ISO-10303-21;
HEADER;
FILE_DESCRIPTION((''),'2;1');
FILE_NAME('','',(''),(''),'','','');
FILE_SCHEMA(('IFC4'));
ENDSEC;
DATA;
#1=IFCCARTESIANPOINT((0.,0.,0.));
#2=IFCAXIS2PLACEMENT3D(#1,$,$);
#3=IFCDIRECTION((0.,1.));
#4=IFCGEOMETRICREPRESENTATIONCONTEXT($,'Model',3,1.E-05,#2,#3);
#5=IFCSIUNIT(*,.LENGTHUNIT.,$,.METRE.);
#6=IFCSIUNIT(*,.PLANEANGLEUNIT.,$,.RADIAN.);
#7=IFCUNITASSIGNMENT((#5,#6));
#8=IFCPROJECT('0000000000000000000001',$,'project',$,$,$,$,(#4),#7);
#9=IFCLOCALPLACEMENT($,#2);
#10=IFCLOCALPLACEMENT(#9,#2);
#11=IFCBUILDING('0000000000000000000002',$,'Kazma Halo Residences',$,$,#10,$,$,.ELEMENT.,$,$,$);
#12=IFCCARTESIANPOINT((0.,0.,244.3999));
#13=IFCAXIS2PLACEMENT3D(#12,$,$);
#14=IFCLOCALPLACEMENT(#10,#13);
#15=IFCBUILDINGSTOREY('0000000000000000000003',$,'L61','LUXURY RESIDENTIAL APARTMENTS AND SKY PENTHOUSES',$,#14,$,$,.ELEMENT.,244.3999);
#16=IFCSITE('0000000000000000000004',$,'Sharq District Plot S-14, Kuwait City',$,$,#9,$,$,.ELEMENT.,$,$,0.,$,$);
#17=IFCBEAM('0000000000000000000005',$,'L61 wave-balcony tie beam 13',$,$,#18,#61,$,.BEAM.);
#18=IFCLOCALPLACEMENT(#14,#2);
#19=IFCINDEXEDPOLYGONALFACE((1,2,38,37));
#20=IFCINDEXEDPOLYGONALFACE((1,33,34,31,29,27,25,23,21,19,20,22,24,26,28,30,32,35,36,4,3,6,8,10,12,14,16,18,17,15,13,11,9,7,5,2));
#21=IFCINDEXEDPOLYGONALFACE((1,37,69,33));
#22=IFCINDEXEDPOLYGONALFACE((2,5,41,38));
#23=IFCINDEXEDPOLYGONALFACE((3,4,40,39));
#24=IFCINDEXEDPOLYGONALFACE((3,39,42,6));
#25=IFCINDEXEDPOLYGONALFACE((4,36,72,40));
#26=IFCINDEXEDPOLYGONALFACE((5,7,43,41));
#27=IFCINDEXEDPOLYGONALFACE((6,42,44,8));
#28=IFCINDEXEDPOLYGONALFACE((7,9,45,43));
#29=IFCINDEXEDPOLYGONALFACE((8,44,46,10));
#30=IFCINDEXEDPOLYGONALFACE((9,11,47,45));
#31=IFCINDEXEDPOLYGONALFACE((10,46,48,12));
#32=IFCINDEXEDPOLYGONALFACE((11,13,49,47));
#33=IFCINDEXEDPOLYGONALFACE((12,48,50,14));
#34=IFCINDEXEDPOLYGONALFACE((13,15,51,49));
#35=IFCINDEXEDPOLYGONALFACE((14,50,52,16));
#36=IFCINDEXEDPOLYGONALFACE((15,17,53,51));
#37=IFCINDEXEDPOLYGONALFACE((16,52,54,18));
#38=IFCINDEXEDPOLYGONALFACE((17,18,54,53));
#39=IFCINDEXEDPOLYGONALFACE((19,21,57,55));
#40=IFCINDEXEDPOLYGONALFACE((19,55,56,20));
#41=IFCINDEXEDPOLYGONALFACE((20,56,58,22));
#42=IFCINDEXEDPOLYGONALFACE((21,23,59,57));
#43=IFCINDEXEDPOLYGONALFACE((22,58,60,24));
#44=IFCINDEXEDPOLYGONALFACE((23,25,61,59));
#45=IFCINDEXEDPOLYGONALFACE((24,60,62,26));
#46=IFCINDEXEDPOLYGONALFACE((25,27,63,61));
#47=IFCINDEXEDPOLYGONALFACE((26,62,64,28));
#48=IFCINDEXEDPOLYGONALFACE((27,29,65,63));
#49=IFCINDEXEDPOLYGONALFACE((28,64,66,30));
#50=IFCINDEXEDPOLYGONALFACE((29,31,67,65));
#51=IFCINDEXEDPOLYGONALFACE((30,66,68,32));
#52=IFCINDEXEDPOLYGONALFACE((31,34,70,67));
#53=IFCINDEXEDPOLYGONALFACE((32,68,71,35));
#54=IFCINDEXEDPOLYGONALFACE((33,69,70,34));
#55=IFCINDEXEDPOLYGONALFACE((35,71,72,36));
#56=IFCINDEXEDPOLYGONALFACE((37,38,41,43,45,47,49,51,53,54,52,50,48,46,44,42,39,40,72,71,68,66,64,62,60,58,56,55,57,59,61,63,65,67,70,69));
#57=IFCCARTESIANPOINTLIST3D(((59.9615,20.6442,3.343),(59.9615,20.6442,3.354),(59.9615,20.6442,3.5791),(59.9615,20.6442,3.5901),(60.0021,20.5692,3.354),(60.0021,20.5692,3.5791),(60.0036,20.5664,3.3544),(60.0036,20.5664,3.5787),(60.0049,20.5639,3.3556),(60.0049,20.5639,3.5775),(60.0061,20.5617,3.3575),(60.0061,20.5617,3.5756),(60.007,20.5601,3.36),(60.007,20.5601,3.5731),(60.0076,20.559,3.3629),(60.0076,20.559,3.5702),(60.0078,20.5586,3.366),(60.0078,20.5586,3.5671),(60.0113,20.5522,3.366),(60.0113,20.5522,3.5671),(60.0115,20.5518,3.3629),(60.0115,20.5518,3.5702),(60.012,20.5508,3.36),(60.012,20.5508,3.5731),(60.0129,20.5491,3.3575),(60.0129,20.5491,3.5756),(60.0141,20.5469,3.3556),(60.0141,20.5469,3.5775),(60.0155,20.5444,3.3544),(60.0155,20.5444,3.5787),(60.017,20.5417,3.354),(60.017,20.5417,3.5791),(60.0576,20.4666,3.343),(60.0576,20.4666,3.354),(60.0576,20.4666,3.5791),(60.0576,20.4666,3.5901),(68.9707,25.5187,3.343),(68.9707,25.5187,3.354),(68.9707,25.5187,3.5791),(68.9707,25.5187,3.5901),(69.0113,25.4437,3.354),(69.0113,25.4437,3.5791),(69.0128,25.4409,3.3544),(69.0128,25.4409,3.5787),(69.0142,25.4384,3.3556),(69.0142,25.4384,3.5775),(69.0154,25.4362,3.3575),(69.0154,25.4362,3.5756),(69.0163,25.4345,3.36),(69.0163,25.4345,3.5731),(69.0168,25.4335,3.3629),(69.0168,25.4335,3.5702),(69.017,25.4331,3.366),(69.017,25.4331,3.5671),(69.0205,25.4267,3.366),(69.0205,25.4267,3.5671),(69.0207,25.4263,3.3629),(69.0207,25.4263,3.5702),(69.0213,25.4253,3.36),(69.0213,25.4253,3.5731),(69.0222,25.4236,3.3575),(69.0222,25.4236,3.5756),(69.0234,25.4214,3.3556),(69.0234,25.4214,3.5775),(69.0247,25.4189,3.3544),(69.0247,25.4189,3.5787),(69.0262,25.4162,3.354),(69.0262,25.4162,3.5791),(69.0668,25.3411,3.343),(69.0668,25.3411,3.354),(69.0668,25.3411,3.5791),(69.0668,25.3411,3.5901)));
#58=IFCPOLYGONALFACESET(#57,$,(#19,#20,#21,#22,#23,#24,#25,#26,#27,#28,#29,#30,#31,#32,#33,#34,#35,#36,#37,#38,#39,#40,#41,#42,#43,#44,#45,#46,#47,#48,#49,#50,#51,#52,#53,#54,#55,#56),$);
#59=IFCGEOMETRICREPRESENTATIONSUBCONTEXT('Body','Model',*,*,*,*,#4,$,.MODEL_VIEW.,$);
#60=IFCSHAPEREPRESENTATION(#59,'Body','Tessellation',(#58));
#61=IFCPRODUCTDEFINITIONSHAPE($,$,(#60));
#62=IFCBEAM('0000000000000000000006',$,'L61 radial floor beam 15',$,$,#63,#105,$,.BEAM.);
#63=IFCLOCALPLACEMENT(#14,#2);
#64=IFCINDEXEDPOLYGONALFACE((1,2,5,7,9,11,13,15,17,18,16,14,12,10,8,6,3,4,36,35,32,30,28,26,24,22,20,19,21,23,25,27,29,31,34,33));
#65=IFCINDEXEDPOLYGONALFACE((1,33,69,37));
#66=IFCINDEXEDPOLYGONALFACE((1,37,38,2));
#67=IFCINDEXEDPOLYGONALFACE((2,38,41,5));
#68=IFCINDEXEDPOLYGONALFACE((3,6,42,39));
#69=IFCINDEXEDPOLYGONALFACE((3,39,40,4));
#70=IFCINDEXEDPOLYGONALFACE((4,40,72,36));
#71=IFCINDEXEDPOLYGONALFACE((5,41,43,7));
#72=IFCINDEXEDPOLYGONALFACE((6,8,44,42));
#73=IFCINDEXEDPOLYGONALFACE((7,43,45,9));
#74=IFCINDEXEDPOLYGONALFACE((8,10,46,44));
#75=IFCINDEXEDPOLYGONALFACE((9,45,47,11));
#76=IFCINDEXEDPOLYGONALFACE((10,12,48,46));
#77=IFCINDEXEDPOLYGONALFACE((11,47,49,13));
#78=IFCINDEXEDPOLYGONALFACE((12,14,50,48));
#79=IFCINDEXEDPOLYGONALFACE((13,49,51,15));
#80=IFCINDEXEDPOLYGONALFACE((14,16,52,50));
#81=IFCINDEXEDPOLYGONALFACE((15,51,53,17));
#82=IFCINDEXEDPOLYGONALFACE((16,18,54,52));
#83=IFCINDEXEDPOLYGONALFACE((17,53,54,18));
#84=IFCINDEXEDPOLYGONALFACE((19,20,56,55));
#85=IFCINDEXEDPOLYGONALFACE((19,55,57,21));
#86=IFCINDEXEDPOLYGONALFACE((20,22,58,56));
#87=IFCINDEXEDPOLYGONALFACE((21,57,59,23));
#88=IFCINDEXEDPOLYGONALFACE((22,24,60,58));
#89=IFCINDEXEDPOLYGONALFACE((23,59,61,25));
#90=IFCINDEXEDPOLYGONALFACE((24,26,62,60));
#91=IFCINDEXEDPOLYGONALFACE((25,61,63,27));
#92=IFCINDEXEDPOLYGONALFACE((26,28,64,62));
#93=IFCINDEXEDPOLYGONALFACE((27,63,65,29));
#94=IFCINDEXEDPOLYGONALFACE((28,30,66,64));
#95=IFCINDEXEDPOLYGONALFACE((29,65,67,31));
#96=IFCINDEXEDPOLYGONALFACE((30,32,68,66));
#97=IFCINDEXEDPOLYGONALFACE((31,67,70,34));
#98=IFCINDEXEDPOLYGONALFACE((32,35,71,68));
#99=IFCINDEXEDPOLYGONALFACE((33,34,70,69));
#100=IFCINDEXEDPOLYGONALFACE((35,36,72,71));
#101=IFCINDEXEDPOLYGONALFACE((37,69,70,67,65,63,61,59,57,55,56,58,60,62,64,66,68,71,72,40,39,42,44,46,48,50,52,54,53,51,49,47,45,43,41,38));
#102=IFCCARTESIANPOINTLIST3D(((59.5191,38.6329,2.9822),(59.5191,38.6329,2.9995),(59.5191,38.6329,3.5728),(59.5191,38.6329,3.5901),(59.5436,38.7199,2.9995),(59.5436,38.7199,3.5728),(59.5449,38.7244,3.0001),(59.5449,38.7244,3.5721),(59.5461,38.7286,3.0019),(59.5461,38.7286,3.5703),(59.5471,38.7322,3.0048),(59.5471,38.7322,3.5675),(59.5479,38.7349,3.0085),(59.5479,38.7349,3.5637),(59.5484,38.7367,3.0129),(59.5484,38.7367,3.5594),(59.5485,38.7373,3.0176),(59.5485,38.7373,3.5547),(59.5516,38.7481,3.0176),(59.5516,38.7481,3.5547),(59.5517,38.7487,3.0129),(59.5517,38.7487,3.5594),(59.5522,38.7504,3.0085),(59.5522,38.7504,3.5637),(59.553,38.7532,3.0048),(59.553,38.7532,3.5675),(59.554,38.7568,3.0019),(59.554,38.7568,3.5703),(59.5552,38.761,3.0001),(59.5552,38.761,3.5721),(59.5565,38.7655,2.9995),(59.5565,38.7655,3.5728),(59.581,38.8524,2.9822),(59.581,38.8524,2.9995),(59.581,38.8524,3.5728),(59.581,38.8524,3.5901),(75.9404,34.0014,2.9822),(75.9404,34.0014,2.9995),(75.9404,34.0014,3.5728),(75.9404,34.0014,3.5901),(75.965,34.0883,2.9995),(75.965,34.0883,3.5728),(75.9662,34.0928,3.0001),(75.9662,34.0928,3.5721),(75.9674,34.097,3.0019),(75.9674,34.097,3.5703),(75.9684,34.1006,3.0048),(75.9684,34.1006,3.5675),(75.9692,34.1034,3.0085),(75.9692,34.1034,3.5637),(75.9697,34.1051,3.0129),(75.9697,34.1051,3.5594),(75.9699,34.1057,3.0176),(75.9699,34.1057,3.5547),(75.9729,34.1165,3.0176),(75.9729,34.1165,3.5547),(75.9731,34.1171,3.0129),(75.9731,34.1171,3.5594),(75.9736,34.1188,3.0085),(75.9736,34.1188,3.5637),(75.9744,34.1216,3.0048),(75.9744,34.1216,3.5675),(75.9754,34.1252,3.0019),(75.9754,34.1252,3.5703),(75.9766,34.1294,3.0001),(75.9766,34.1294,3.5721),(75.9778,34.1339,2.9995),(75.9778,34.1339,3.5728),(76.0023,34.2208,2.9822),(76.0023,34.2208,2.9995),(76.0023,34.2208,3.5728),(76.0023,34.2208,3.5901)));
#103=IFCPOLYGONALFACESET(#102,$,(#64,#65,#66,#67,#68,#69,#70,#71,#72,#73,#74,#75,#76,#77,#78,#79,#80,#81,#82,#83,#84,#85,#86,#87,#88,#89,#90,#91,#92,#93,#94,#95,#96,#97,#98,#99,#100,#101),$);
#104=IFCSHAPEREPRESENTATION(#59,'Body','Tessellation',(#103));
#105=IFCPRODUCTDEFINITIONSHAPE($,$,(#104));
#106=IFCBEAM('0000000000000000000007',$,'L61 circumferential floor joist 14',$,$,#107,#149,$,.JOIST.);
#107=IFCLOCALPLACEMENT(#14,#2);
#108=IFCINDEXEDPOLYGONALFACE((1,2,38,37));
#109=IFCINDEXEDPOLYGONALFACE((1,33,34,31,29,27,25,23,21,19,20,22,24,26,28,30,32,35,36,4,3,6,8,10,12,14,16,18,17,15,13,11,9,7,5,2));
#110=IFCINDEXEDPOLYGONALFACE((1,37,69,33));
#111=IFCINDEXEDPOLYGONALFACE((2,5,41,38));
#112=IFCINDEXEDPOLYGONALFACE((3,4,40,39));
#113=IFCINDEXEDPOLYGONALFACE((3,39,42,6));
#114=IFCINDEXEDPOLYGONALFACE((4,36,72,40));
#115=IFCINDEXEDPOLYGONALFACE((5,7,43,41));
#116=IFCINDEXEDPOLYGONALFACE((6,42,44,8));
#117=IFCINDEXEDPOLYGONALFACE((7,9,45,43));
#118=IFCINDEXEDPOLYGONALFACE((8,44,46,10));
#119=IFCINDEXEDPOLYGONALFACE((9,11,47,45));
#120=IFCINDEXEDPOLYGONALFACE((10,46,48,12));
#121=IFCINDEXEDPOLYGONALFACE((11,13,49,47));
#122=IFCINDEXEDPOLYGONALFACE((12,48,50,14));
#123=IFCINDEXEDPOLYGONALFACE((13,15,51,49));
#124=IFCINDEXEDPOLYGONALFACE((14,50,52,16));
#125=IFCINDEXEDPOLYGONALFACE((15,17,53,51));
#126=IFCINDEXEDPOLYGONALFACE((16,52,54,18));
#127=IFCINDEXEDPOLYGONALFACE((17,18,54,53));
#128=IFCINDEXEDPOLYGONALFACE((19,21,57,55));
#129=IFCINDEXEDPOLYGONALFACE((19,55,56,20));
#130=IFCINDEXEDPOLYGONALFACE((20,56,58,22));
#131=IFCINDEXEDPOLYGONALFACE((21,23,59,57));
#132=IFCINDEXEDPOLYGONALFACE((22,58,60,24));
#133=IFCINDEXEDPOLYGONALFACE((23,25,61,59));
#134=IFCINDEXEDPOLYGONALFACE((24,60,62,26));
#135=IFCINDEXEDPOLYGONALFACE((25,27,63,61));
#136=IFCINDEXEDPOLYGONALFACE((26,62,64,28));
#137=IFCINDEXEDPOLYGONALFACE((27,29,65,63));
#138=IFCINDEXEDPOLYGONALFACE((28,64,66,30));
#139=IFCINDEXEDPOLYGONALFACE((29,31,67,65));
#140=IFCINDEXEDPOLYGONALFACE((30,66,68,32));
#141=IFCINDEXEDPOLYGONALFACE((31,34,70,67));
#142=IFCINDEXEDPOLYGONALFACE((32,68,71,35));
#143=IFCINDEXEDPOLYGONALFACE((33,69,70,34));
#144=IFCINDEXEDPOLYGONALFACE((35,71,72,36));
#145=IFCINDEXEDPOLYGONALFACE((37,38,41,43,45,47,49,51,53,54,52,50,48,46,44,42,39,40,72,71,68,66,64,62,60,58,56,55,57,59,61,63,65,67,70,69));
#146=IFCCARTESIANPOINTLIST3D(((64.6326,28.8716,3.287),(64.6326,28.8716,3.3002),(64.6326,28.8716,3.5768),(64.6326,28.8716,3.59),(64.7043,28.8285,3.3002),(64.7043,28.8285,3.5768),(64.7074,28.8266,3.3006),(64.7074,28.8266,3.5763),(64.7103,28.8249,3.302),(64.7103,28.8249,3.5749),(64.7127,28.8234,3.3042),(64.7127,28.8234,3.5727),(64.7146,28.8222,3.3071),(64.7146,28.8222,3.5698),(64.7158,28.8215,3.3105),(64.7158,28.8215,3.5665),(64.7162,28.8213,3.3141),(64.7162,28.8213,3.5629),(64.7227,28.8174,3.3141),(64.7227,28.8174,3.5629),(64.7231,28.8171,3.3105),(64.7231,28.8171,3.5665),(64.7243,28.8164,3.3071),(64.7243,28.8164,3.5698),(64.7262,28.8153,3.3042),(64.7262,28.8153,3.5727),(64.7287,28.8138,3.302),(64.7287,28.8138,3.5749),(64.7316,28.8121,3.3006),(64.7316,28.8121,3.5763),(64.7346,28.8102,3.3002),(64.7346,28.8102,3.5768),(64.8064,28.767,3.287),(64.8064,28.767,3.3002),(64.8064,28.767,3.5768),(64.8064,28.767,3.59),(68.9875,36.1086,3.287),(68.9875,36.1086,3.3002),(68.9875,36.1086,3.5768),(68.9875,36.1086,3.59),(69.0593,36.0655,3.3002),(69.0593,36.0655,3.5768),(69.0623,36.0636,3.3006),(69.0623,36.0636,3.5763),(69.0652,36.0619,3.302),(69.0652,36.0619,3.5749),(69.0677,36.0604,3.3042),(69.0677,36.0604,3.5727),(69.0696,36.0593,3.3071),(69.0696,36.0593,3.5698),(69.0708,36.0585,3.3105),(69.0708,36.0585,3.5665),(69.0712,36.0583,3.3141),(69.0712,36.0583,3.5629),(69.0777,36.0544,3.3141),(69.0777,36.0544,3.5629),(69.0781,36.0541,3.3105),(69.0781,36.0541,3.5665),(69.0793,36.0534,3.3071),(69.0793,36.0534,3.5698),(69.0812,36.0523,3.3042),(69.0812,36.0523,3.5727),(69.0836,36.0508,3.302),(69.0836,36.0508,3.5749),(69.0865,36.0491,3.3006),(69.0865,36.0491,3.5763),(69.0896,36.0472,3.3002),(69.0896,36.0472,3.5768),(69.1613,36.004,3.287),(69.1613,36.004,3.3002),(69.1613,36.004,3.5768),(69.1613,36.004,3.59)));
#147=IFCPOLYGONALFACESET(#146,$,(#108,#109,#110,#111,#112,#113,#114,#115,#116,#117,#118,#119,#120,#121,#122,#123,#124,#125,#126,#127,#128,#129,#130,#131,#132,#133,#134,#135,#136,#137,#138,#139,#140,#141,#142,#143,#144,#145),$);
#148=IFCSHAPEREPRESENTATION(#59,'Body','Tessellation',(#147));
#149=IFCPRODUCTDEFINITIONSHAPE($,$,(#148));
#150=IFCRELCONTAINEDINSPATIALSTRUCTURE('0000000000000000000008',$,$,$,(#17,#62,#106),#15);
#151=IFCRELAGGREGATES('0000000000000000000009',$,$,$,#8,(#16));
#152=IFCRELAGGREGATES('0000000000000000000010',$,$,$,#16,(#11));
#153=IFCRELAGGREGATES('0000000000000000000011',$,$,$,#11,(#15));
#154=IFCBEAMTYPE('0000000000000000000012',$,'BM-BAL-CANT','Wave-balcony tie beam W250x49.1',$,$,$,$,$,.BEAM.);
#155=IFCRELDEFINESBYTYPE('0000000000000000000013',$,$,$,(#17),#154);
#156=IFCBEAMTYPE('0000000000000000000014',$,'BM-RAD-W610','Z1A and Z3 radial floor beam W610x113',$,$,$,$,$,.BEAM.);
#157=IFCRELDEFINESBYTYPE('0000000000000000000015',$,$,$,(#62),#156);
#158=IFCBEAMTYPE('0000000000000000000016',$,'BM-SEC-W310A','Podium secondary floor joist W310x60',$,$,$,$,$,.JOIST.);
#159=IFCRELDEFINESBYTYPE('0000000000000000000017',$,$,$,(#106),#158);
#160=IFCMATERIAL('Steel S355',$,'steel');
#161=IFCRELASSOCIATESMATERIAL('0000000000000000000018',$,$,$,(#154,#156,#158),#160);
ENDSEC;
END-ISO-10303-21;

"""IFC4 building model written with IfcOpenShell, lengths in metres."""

from ifc_helpers import new_model, si_unit, direction, frame, origin, origin_2d, place, context, subcontext, project, spatial, i_section, extrude, material, material_profile, profile_set, type_object, element, save


model = new_model("IFC4")

# Units and contexts
model_context = context("Model", 3, precision=1e-05, world=origin(), true_north=direction((0.0, 1.0)))
body_context = subcontext(model_context, "Body", "Model", "MODEL_VIEW")
ifc_project = project(units=[si_unit("LENGTHUNIT", "METRE"), si_unit("PLANEANGLEUNIT", "RADIAN")], contexts=[model_context])

# Site, building, storey
site_placement = place(None, origin())
site = spatial("IfcSite", under=ifc_project, at=site_placement, Name="Sharq District Plot S-14, Kuwait City", CompositionType="ELEMENT", RefElevation=0.0)
building_placement = place(site_placement, origin())
building = spatial("IfcBuilding", under=site, at=building_placement, Name="Kazma Halo Residences", CompositionType="ELEMENT")
storey_placement = place(building_placement, frame((0.0, 0.0, 244.3999)))
storey = spatial("IfcBuildingStorey", under=building, at=storey_placement, Name="L61", Description="LUXURY RESIDENTIAL APARTMENTS AND SKY PENTHOUSES", CompositionType="ELEMENT", Elevation=244.3999)

# Beams
ifc_material_1 = material(Name="Steel S355", Category="steel")
ifc_material_profile_1 = material_profile(ifc_material_1, i_section(OverallWidth=0.2019, OverallDepth=0.2471, WebThickness=0.0073, FlangeThickness=0.011, FilletRadius=0.012, at=origin_2d()), Name="W250x49.1")
ifc_profile_set_1 = profile_set([ifc_material_profile_1], Name="Steel S355")
beam_type_1 = type_object("IfcBeamType", Name="BM-BAL-CANT", Description="Wave-balcony tie beam W250x49.1", PredefinedType="BEAM", material=ifc_profile_set_1)
beam_1_placement = place(storey_placement, frame((60.0095, 20.5554, 3.4666), z_axis=(0.879517, 0.475867, 0.0), x_axis=(-0.475867, 0.879517, 0.0)))
element("IfcBeam", 1, at=beam_1_placement, inside=storey, type_object=beam_type_1, Name="L61 wave-balcony tie beam 13", PredefinedType="BEAM", context=body_context, shape_type="SweptSolid", body=[
    extrude(i_section(OverallWidth=0.2019, OverallDepth=0.2471, WebThickness=0.0073, FlangeThickness=0.011, FilletRadius=0.012, at=origin_2d()), origin(), (0.0, 0.0, 1.0), 10.2434),
])
ifc_material_profile_2 = material_profile(ifc_material_1, i_section(OverallWidth=0.228, OverallDepth=0.6079, WebThickness=0.0112, FlangeThickness=0.0173, FilletRadius=0.0181, at=origin_2d()), Name="W610x113")
ifc_profile_set_2 = profile_set([ifc_material_profile_2], Name="Steel S355")
beam_type_2 = type_object("IfcBeamType", Name="BM-RAD-W610", Description="Z1A and Z3 radial floor beam W610x113", PredefinedType="BEAM", material=ifc_profile_set_2)
beam_2_placement = place(storey_placement, frame((59.55, 38.7427, 3.2861), z_axis=(0.962451, -0.271456, 0.0), x_axis=(0.271456, 0.962451, 0.0)))
element("IfcBeam", 2, at=beam_2_placement, inside=storey, type_object=beam_type_2, Name="L61 radial floor beam 15", PredefinedType="BEAM", context=body_context, shape_type="SweptSolid", body=[
    extrude(i_section(OverallWidth=0.228, OverallDepth=0.6079, WebThickness=0.0112, FlangeThickness=0.0173, FilletRadius=0.0181, at=origin_2d()), origin(), (0.0, 0.0, 1.0), 17.062),
])
ifc_material_profile_3 = material_profile(ifc_material_1, i_section(OverallWidth=0.2029, OverallDepth=0.303, WebThickness=0.0076, FlangeThickness=0.0132, FilletRadius=0.0139, at=origin_2d()), Name="W310x60")
ifc_profile_set_3 = profile_set([ifc_material_profile_3], Name="Steel S355")
beam_type_3 = type_object("IfcBeamType", Name="BM-SEC-W310A", Description="Podium secondary floor joist W310x60", PredefinedType="JOIST", material=ifc_profile_set_3)
beam_3_placement = place(storey_placement, frame((64.7195, 28.8193, 3.4385), z_axis=(0.515605, 0.856827, 0.0), x_axis=(-0.856827, 0.515605, 0.0)))
element("IfcBeam", 3, at=beam_3_placement, inside=storey, type_object=beam_type_3, Name="L61 circumferential floor joist 14", PredefinedType="JOIST", context=body_context, shape_type="SweptSolid", body=[
    extrude(i_section(OverallWidth=0.2029, OverallDepth=0.303, WebThickness=0.0076, FlangeThickness=0.0132, FilletRadius=0.0139, at=origin_2d()), origin(), (0.0, 0.0, 1.0), 8.4463),
])

save(model, "model.ifc")
